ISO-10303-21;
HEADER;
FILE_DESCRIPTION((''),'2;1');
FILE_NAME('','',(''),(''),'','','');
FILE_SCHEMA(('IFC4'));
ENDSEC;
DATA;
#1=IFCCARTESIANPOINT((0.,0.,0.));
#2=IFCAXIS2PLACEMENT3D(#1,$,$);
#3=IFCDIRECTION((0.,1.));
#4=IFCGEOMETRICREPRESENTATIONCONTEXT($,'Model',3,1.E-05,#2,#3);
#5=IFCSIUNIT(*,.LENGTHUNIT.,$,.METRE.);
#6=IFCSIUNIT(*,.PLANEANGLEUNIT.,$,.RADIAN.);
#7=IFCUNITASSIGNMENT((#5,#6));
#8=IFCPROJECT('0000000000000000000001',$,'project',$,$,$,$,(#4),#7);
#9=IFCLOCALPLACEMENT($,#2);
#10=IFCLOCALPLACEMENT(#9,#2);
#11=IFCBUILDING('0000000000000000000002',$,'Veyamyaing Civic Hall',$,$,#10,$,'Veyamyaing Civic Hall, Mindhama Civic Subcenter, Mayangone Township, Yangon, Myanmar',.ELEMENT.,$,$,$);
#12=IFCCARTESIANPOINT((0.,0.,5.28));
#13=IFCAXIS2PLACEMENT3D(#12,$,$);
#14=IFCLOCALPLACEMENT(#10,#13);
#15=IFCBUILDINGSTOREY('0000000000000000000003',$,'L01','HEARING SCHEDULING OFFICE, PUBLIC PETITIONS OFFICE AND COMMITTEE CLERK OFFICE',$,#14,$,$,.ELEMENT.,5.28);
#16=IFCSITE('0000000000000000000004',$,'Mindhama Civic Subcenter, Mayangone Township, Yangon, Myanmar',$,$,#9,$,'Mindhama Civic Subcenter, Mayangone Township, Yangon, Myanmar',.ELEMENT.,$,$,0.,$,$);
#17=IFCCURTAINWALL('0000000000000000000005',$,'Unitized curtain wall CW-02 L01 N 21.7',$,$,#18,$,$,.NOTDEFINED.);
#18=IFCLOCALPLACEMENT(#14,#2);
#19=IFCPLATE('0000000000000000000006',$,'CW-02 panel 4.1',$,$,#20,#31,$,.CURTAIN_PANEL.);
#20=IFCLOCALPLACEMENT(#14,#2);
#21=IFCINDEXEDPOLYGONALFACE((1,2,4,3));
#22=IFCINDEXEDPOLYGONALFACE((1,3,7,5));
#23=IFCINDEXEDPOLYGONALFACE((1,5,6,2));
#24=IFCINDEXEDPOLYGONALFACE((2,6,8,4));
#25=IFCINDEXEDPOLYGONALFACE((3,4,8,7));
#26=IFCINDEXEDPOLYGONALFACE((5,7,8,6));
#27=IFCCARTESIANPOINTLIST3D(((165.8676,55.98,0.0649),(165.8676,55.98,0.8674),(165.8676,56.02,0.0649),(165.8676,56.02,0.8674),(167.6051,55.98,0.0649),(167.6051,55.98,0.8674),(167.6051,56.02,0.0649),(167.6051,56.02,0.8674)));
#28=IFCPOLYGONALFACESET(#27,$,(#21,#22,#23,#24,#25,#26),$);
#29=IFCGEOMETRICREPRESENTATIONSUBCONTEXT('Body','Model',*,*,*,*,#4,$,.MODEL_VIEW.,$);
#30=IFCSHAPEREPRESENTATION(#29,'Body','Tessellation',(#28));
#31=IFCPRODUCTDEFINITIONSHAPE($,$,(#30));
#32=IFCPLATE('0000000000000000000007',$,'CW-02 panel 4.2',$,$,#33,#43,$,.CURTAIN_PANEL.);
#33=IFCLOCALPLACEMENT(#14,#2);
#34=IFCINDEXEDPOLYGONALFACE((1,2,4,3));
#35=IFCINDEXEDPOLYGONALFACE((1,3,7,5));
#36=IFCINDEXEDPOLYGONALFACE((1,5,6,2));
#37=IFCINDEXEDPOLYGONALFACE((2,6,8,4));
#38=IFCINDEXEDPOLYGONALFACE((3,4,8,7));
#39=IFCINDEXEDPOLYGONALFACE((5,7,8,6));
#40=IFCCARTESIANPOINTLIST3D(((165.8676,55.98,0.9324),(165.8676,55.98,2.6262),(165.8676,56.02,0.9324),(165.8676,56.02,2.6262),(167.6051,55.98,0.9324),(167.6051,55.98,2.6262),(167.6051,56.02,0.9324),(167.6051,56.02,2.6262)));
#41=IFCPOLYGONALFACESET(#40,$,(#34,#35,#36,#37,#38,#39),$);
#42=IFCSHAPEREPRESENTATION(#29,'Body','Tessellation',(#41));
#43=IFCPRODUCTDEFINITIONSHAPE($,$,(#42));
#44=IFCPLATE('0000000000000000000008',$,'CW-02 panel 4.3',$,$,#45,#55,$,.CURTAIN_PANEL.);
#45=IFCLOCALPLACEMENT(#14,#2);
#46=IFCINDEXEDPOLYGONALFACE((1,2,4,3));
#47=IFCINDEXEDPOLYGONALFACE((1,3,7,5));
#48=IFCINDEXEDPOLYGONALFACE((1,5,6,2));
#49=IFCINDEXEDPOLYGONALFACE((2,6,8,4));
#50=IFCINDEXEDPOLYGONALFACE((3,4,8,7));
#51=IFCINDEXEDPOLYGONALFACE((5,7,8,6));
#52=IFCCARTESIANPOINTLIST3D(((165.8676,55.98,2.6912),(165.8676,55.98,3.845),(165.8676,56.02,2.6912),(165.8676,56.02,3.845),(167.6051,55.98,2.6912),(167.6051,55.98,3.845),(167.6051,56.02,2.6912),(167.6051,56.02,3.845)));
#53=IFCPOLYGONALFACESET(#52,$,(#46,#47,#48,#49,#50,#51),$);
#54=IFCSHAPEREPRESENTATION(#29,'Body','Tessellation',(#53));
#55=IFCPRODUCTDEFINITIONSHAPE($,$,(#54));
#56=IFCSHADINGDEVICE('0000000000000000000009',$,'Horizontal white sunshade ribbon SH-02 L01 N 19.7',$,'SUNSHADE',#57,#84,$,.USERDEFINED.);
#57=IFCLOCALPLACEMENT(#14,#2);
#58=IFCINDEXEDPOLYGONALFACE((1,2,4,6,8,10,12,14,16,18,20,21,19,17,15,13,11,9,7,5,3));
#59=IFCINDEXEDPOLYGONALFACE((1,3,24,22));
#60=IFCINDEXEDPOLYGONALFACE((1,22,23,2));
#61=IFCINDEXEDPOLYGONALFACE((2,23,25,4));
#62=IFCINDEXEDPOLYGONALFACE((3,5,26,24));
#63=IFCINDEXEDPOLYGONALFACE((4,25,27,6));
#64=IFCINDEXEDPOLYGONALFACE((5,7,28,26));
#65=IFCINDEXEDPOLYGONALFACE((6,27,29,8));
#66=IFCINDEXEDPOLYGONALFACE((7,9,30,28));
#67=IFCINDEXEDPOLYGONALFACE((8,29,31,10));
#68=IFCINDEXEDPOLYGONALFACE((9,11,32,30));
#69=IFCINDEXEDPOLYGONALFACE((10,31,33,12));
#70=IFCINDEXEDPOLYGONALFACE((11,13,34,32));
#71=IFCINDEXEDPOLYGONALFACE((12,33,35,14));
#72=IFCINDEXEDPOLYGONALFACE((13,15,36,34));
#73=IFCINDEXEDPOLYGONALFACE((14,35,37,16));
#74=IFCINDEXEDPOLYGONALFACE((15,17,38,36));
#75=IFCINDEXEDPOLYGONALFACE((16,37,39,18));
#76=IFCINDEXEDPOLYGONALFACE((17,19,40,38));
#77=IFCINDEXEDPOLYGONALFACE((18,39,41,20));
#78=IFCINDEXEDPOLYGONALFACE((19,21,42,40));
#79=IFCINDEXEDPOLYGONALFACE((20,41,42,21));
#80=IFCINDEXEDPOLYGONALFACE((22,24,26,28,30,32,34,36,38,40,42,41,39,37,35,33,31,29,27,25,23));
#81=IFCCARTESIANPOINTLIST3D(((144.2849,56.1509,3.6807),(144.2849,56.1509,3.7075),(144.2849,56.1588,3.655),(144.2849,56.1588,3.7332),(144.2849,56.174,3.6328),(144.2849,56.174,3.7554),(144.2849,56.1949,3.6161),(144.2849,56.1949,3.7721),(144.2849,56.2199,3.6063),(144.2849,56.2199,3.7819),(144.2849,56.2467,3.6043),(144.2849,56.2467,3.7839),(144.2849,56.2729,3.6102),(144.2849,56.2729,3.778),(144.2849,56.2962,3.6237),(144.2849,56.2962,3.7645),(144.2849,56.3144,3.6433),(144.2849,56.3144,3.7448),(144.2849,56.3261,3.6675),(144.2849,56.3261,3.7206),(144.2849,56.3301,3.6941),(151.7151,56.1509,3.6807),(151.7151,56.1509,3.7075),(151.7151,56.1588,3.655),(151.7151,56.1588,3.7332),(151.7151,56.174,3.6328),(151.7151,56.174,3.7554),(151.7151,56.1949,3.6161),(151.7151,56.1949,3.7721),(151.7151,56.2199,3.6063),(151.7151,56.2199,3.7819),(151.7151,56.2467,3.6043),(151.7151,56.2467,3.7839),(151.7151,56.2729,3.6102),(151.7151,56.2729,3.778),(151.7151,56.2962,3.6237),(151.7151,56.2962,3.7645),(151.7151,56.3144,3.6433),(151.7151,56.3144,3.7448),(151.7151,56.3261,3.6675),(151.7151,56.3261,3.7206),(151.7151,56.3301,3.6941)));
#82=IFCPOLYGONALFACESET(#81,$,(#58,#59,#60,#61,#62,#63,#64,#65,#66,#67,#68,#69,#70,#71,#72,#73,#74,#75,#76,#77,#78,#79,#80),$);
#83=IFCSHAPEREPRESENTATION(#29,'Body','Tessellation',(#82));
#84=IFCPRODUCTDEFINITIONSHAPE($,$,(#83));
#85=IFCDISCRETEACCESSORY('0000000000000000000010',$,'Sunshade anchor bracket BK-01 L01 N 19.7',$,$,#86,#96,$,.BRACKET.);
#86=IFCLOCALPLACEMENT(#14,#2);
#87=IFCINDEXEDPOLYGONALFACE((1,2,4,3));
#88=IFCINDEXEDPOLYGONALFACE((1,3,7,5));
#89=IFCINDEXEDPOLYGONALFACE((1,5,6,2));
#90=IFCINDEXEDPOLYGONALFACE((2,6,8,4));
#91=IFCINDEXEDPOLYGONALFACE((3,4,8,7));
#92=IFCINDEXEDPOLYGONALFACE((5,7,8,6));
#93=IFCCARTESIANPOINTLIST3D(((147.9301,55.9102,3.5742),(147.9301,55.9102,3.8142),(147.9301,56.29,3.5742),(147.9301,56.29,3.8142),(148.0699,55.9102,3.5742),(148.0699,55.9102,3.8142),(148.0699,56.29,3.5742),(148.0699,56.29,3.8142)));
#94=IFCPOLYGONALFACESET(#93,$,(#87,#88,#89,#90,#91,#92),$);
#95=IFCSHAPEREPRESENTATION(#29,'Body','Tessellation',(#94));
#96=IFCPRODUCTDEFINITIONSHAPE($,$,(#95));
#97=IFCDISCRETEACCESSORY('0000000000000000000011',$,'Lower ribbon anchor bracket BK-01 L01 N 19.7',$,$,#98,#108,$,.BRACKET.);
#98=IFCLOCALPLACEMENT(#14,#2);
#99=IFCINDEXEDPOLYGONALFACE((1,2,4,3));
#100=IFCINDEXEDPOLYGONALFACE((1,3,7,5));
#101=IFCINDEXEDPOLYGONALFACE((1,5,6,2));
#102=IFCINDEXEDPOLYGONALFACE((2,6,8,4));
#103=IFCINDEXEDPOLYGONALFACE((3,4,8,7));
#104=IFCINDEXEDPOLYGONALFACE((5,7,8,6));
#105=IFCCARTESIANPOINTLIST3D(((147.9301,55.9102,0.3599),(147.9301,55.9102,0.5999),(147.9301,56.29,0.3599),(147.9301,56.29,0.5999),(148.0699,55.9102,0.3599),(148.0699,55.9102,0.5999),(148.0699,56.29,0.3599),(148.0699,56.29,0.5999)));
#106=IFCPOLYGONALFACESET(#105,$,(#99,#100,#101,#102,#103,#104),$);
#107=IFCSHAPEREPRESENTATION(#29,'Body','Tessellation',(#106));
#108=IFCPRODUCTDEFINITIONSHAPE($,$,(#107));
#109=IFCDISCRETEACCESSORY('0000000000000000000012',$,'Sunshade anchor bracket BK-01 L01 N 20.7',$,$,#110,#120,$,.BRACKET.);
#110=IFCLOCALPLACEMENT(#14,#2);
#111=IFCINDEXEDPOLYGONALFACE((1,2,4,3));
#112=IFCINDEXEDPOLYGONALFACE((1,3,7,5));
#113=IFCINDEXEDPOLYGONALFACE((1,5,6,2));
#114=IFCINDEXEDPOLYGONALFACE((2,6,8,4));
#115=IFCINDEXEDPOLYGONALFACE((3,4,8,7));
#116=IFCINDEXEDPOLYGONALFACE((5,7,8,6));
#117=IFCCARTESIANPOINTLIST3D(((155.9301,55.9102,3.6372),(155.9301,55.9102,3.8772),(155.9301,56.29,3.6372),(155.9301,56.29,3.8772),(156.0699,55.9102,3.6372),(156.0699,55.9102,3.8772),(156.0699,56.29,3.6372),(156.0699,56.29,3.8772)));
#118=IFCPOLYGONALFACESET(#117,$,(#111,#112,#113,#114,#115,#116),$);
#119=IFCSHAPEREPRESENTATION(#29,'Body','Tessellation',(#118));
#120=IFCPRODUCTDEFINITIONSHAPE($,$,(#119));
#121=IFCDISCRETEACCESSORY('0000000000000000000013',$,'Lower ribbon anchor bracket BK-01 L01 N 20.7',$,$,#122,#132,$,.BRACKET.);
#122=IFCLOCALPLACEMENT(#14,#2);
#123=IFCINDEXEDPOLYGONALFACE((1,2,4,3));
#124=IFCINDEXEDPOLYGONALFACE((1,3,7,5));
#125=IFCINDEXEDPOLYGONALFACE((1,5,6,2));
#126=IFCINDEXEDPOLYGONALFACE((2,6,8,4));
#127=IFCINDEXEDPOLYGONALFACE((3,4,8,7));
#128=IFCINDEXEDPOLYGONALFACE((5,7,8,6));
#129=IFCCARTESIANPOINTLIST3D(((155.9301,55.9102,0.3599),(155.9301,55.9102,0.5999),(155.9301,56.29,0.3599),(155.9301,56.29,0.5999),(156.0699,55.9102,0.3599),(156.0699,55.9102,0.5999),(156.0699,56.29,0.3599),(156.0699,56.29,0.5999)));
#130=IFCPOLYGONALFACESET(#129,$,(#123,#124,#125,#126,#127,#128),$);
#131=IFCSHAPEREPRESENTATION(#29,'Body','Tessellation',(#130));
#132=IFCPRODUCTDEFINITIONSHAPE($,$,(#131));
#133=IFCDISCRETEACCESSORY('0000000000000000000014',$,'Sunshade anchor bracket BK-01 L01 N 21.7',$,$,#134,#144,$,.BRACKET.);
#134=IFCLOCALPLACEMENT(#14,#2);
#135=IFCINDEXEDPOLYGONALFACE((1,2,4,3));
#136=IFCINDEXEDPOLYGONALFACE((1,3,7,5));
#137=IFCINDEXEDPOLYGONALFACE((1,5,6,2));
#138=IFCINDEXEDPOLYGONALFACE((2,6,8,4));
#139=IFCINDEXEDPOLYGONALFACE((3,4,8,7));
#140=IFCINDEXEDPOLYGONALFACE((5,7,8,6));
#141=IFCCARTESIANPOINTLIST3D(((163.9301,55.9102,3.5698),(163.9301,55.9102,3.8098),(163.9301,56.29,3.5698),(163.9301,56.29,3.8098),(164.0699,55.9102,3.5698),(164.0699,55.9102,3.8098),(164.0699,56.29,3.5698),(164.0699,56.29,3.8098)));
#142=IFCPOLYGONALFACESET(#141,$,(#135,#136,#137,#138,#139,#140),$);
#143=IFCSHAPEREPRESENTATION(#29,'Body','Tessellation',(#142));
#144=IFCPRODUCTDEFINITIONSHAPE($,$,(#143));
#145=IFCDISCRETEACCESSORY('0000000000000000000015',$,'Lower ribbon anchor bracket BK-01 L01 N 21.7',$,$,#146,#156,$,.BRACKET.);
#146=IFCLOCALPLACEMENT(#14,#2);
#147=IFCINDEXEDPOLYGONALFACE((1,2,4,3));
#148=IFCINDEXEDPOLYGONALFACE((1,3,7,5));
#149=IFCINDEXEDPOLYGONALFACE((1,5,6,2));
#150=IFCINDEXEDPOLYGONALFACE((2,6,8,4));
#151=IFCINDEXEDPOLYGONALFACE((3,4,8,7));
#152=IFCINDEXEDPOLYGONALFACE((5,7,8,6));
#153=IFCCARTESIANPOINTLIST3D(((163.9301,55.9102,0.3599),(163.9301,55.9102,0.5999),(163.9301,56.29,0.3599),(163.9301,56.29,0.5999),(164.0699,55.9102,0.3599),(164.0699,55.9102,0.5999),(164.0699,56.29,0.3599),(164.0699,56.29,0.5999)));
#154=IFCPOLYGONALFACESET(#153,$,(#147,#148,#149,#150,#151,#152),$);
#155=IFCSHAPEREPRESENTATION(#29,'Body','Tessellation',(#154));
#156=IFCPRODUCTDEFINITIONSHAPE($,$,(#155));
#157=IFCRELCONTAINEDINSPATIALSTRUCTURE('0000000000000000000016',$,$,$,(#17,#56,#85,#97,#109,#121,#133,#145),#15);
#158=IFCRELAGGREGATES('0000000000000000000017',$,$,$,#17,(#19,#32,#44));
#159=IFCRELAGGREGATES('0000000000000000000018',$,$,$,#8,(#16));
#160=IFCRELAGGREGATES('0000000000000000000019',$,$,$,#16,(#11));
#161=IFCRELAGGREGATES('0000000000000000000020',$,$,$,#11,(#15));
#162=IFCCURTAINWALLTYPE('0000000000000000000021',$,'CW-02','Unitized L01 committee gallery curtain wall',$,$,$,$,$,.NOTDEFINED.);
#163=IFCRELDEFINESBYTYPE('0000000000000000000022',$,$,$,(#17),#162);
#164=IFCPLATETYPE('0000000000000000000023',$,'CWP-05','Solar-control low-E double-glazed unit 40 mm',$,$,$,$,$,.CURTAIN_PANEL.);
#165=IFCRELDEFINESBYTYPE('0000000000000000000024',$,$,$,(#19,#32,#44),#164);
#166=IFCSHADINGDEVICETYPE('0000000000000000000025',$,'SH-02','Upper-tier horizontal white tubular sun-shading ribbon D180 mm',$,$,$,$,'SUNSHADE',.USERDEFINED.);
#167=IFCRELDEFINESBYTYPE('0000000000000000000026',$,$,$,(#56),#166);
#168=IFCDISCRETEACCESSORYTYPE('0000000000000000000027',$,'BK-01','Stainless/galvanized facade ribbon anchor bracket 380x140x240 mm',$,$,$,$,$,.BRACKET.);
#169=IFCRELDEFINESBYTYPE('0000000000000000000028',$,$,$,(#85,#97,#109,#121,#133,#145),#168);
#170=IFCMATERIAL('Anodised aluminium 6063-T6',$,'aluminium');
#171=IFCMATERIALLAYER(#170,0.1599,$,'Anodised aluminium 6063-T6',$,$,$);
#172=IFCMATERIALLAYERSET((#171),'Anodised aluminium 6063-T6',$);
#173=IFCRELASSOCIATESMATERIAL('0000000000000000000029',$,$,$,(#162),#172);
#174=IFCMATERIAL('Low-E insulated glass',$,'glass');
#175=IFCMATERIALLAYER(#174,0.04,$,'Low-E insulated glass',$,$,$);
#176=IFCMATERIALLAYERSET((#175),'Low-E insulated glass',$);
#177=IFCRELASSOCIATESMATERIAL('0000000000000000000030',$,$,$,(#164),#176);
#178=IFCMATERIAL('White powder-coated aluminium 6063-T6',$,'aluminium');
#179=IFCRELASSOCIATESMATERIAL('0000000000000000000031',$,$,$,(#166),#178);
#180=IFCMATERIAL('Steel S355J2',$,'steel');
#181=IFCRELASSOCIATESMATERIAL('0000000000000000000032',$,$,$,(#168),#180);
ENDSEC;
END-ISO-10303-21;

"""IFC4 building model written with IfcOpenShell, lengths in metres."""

from ifc_helpers import new_model, si_unit, direction, frame, origin, origin_2d, place, context, subcontext, project, spatial, rectangle, circle, extrude, material, layer, layer_set, material_profile, profile_set, type_object, element, aggregate, save


model = new_model("IFC4")

# Units and contexts
model_context = context("Model", 3, precision=1e-05, world=origin(), true_north=direction((0.0, 1.0)))
body_context = subcontext(model_context, "Body", "Model", "MODEL_VIEW")
ifc_project = project(units=[si_unit("LENGTHUNIT", "METRE"), si_unit("PLANEANGLEUNIT", "RADIAN")], contexts=[model_context])

# Site, building, storey
site_placement = place(None, origin())
site = spatial("IfcSite", under=ifc_project, at=site_placement, Name="Mindhama Civic Subcenter, Mayangone Township, Yangon, Myanmar", LongName="Mindhama Civic Subcenter, Mayangone Township, Yangon, Myanmar", CompositionType="ELEMENT", RefElevation=0.0)
building_placement = place(site_placement, origin())
building = spatial("IfcBuilding", under=site, at=building_placement, Name="Veyamyaing Civic Hall", LongName="Veyamyaing Civic Hall, Mindhama Civic Subcenter, Mayangone Township, Yangon, Myanmar", CompositionType="ELEMENT")
storey_placement = place(building_placement, frame((0.0, 0.0, 5.28)))
storey = spatial("IfcBuildingStorey", under=building, at=storey_placement, Name="L01", Description="HEARING SCHEDULING OFFICE, PUBLIC PETITIONS OFFICE AND COMMITTEE CLERK OFFICE", CompositionType="ELEMENT", Elevation=5.28)

# Curtain wall, plates
ifc_material_1 = material(Name="Anodised aluminium 6063-T6", Category="aluminium")
ifc_layer_1 = layer(ifc_material_1, 0.1599, Name="Anodised aluminium 6063-T6")
ifc_layer_set_1 = layer_set([ifc_layer_1], Name="Anodised aluminium 6063-T6")
curtain_wall_type = type_object("IfcCurtainWallType", Name="CW-02", Description="Unitized L01 committee gallery curtain wall", PredefinedType="NOTDEFINED", material=ifc_layer_set_1)
curtain_wall_placement = place(storey_placement, origin())
curtain_wall = element("IfcCurtainWall", 1, at=curtain_wall_placement, inside=storey, type_object=curtain_wall_type, Name="Unitized curtain wall CW-02 L01 N 21.7", PredefinedType="NOTDEFINED")
ifc_material_2 = material(Name="Low-E insulated glass", Category="glass")
ifc_layer_2 = layer(ifc_material_2, 0.04, Name="Low-E insulated glass")
ifc_layer_set_2 = layer_set([ifc_layer_2], Name="Low-E insulated glass")
plate_type = type_object("IfcPlateType", Name="CWP-05", Description="Solar-control low-E double-glazed unit 40 mm", PredefinedType="CURTAIN_PANEL", material=ifc_layer_set_2)
plate_1_placement = place(storey_placement, frame((166.7363, 56.0, 0.0649), z_axis=(0.0, 0.0, 1.0), x_axis=(1.0, 0.0, 0.0)))
plate_1 = element("IfcPlate", 2, at=plate_1_placement, type_object=plate_type, Name="CW-02 panel 4.1", PredefinedType="CURTAIN_PANEL", context=body_context, shape_type="SweptSolid", body=[
    extrude(rectangle(XDim=1.7375, YDim=0.04, at=origin_2d()), origin(), (0.0, 0.0, 1.0), 0.8025),
])
plate_2_placement = place(storey_placement, frame((166.7363, 56.0, 0.9324), z_axis=(0.0, 0.0, 1.0), x_axis=(1.0, 0.0, 0.0)))
plate_2 = element("IfcPlate", 3, at=plate_2_placement, type_object=plate_type, Name="CW-02 panel 4.2", PredefinedType="CURTAIN_PANEL", context=body_context, shape_type="SweptSolid", body=[
    extrude(rectangle(XDim=1.7375, YDim=0.04, at=origin_2d()), origin(), (0.0, 0.0, 1.0), 1.6938),
])
plate_3_placement = place(storey_placement, frame((166.7363, 56.0, 2.6912), z_axis=(0.0, 0.0, 1.0), x_axis=(1.0, 0.0, 0.0)))
plate_3 = element("IfcPlate", 4, at=plate_3_placement, type_object=plate_type, Name="CW-02 panel 4.3", PredefinedType="CURTAIN_PANEL", context=body_context, shape_type="SweptSolid", body=[
    extrude(rectangle(XDim=1.7375, YDim=0.04, at=origin_2d()), origin(), (0.0, 0.0, 1.0), 1.1538),
])
aggregate(curtain_wall, [plate_1, plate_2, plate_3])

# Shading device
ifc_material_3 = material(Name="White powder-coated aluminium 6063-T6", Category="aluminium")
ifc_material_profile_1 = material_profile(ifc_material_3, circle(Radius=0.0901, at=origin_2d()), Name="SHADE-TUBE-180")
ifc_profile_set_1 = profile_set([ifc_material_profile_1], Name="White powder-coated aluminium 6063-T6")
shading_device_type = type_object("IfcShadingDeviceType", Name="SH-02", Description="Upper-tier horizontal white tubular sun-shading ribbon D180 mm", ElementType="SUNSHADE", PredefinedType="USERDEFINED", material=ifc_profile_set_1)
shading_device_placement = place(storey_placement, frame((144.2849, 56.24, 3.6941), z_axis=(1.0, 0.0, 0.0), x_axis=(0.0, 1.0, 0.0)))
element("IfcShadingDevice", 5, at=shading_device_placement, inside=storey, type_object=shading_device_type, Name="Horizontal white sunshade ribbon SH-02 L01 N 19.7", ObjectType="SUNSHADE", PredefinedType="USERDEFINED", context=body_context, shape_type="SweptSolid", body=[
    extrude(circle(Radius=0.0901, at=origin_2d()), origin(), (0.0, 0.0, 1.0), 7.4302),
])

# Discrete accessories
ifc_material_4 = material(Name="Steel S355J2", Category="steel")
discrete_accessory_type = type_object("IfcDiscreteAccessoryType", Name="BK-01", Description="Stainless/galvanized facade ribbon anchor bracket 380x140x240 mm", PredefinedType="BRACKET", material=ifc_material_4)
for number, where, z_axis, x_axis, name in (
    (6, (148.0, 56.1001, 3.5742), (0.0, 0.0, 1.0), (0.0, 1.0, 0.0), "Sunshade anchor bracket BK-01 L01 N 19.7"),
    (7, (148.0, 56.1001, 0.3599), (0.0, 0.0, 1.0), (0.0, 1.0, 0.0), "Lower ribbon anchor bracket BK-01 L01 N 19.7"),
    (8, (156.0, 56.1001, 3.6372), (0.0, 0.0, 1.0), (0.0, 1.0, 0.0), "Sunshade anchor bracket BK-01 L01 N 20.7"),
    (9, (156.0, 56.1001, 0.3599), (0.0, 0.0, 1.0), (0.0, 1.0, 0.0), "Lower ribbon anchor bracket BK-01 L01 N 20.7"),
    (10, (164.0, 56.1001, 3.5698), (0.0, 0.0, 1.0), (0.0, 1.0, 0.0), "Sunshade anchor bracket BK-01 L01 N 21.7"),
    (11, (164.0, 56.1001, 0.3599), (0.0, 0.0, 1.0), (0.0, 1.0, 0.0), "Lower ribbon anchor bracket BK-01 L01 N 21.7"),
):
    element("IfcDiscreteAccessory", number, at=place(storey_placement, frame(where, z_axis=z_axis, x_axis=x_axis)), inside=storey, type_object=discrete_accessory_type, Name=name, PredefinedType="BRACKET", context=body_context, shape_type="SweptSolid", body=[
        extrude(rectangle(XDim=0.3799, YDim=0.1399, at=origin_2d()), origin(), (0.0, 0.0, 1.0), 0.24),
    ])

save(model, "model.ifc")
